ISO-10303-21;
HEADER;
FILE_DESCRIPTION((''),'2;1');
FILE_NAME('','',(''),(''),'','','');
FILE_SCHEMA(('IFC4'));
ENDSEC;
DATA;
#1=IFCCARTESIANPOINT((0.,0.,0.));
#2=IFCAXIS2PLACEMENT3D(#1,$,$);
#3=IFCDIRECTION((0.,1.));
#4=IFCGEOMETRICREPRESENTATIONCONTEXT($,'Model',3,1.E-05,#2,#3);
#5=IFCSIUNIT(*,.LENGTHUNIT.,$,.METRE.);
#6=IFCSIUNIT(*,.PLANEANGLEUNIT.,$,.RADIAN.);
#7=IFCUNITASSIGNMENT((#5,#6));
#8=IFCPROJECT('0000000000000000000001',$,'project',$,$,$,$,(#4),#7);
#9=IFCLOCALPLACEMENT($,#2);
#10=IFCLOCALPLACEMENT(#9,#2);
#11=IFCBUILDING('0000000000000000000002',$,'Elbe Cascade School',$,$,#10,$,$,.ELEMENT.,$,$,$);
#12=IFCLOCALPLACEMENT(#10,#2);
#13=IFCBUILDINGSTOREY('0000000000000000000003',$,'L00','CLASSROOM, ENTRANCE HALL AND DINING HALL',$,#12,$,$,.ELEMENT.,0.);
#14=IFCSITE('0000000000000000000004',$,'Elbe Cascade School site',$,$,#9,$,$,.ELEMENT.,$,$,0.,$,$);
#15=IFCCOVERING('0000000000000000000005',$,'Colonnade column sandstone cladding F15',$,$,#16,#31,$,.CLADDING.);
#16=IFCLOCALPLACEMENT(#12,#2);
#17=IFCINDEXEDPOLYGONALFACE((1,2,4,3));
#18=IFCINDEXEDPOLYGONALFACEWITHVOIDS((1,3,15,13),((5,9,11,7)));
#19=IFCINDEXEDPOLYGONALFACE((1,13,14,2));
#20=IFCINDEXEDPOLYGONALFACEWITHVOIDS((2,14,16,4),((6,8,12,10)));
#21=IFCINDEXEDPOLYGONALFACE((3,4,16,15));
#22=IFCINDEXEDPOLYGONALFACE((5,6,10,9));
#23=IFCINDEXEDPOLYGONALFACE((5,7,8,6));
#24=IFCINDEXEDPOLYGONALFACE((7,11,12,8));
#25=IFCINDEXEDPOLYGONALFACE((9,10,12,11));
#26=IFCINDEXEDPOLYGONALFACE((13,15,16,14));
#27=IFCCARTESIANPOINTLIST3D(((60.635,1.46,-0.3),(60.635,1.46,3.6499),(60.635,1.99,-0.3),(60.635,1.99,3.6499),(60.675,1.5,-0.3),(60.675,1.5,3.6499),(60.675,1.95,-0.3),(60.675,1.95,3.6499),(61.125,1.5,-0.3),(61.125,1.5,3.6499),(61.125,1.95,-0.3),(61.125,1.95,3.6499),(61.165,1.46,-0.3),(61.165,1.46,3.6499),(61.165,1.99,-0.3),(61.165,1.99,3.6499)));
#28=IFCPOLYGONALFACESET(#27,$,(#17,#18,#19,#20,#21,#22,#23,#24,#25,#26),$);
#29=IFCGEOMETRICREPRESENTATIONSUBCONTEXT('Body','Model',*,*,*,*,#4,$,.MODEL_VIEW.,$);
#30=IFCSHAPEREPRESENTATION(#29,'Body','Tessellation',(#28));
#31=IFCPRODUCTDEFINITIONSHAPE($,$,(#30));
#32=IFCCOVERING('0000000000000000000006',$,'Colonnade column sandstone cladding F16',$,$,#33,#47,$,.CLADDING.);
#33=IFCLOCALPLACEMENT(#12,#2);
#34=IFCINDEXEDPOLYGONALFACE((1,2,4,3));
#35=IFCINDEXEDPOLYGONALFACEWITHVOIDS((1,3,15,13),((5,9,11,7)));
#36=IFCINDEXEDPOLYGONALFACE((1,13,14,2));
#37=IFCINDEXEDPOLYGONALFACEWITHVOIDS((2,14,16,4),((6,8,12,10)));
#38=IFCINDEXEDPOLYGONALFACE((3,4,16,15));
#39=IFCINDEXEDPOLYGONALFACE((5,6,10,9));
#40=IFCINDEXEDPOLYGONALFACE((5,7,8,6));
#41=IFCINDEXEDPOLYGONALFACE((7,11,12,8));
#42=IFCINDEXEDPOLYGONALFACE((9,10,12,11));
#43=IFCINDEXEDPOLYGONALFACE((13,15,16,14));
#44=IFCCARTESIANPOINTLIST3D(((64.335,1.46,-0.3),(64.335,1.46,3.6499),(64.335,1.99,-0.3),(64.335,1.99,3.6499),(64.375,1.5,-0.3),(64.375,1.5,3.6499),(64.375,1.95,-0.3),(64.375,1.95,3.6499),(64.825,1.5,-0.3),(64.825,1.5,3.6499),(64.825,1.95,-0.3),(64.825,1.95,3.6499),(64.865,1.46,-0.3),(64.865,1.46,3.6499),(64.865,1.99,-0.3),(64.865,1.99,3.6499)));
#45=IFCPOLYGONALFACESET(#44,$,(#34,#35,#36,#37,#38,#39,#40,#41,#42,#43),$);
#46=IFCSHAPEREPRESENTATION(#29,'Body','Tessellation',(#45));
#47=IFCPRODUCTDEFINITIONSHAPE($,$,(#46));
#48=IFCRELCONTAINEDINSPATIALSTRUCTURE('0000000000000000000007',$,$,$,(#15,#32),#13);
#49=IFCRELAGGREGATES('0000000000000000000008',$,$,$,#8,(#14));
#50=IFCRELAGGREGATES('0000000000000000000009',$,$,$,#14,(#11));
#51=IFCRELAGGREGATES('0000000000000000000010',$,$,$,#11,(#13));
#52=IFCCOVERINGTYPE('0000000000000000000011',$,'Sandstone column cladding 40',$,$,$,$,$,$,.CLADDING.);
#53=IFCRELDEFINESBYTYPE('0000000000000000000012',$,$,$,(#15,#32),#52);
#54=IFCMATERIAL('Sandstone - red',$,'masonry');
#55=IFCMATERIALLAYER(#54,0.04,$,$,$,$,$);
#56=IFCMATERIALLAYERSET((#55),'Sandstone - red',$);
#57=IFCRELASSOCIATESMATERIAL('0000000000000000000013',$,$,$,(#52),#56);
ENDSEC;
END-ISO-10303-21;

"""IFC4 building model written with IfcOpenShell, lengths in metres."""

from ifc_helpers import new_model, si_unit, direction, frame, origin, place, context, subcontext, project, spatial, polyline, outline, extrude, material, layer, layer_set, type_object, element, save


model = new_model("IFC4")

# Units and contexts
model_context = context("Model", 3, precision=1e-05, world=origin(), true_north=direction((0.0, 1.0)))
body_context = subcontext(model_context, "Body", "Model", "MODEL_VIEW")
ifc_project = project(units=[si_unit("LENGTHUNIT", "METRE"), si_unit("PLANEANGLEUNIT", "RADIAN")], contexts=[model_context])

# Site, building, storey
site_placement = place(None, origin())
site = spatial("IfcSite", under=ifc_project, at=site_placement, Name="Elbe Cascade School site", CompositionType="ELEMENT", RefElevation=0.0)
building_placement = place(site_placement, origin())
building = spatial("IfcBuilding", under=site, at=building_placement, Name="Elbe Cascade School", CompositionType="ELEMENT")
storey_placement = place(building_placement, origin())
storey = spatial("IfcBuildingStorey", under=building, at=storey_placement, Name="L00", Description="CLASSROOM, ENTRANCE HALL AND DINING HALL", CompositionType="ELEMENT", Elevation=0.0)

# Coverings
ifc_material_1 = material(Name="Sandstone - red", Category="masonry")
ifc_layer_1 = layer(ifc_material_1, 0.04)
ifc_layer_set_1 = layer_set([ifc_layer_1], Name="Sandstone - red")
covering_type = type_object("IfcCoveringType", Name="Sandstone column cladding 40", PredefinedType="CLADDING", material=ifc_layer_set_1)
covering_1_placement = place(storey_placement, frame((0.0, 0.0, -0.3)))
element("IfcCovering", 1, at=covering_1_placement, inside=storey, type_object=covering_type, Name="Colonnade column sandstone cladding F15", PredefinedType="CLADDING", context=body_context, shape_type="SweptSolid", body=[
    extrude(outline(polyline([(60.635, 1.46), (61.165, 1.46), (61.165, 1.99), (60.635, 1.99), (60.635, 1.46)]), holes=[polyline([(60.675, 1.95), (61.125, 1.95), (61.125, 1.5), (60.675, 1.5), (60.675, 1.95)])]), origin(), (0.0, 0.0, 1.0), 3.95),
])
covering_2_placement = place(storey_placement, frame((0.0, 0.0, -0.3)))
element("IfcCovering", 2, at=covering_2_placement, inside=storey, type_object=covering_type, Name="Colonnade column sandstone cladding F16", PredefinedType="CLADDING", context=body_context, shape_type="SweptSolid", body=[
    extrude(outline(polyline([(64.335, 1.46), (64.865, 1.46), (64.865, 1.99), (64.335, 1.99), (64.335, 1.46)]), holes=[polyline([(64.375, 1.95), (64.825, 1.95), (64.825, 1.5), (64.375, 1.5), (64.375, 1.95)])]), origin(), (0.0, 0.0, 1.0), 3.95),
])

save(model, "model.ifc")
